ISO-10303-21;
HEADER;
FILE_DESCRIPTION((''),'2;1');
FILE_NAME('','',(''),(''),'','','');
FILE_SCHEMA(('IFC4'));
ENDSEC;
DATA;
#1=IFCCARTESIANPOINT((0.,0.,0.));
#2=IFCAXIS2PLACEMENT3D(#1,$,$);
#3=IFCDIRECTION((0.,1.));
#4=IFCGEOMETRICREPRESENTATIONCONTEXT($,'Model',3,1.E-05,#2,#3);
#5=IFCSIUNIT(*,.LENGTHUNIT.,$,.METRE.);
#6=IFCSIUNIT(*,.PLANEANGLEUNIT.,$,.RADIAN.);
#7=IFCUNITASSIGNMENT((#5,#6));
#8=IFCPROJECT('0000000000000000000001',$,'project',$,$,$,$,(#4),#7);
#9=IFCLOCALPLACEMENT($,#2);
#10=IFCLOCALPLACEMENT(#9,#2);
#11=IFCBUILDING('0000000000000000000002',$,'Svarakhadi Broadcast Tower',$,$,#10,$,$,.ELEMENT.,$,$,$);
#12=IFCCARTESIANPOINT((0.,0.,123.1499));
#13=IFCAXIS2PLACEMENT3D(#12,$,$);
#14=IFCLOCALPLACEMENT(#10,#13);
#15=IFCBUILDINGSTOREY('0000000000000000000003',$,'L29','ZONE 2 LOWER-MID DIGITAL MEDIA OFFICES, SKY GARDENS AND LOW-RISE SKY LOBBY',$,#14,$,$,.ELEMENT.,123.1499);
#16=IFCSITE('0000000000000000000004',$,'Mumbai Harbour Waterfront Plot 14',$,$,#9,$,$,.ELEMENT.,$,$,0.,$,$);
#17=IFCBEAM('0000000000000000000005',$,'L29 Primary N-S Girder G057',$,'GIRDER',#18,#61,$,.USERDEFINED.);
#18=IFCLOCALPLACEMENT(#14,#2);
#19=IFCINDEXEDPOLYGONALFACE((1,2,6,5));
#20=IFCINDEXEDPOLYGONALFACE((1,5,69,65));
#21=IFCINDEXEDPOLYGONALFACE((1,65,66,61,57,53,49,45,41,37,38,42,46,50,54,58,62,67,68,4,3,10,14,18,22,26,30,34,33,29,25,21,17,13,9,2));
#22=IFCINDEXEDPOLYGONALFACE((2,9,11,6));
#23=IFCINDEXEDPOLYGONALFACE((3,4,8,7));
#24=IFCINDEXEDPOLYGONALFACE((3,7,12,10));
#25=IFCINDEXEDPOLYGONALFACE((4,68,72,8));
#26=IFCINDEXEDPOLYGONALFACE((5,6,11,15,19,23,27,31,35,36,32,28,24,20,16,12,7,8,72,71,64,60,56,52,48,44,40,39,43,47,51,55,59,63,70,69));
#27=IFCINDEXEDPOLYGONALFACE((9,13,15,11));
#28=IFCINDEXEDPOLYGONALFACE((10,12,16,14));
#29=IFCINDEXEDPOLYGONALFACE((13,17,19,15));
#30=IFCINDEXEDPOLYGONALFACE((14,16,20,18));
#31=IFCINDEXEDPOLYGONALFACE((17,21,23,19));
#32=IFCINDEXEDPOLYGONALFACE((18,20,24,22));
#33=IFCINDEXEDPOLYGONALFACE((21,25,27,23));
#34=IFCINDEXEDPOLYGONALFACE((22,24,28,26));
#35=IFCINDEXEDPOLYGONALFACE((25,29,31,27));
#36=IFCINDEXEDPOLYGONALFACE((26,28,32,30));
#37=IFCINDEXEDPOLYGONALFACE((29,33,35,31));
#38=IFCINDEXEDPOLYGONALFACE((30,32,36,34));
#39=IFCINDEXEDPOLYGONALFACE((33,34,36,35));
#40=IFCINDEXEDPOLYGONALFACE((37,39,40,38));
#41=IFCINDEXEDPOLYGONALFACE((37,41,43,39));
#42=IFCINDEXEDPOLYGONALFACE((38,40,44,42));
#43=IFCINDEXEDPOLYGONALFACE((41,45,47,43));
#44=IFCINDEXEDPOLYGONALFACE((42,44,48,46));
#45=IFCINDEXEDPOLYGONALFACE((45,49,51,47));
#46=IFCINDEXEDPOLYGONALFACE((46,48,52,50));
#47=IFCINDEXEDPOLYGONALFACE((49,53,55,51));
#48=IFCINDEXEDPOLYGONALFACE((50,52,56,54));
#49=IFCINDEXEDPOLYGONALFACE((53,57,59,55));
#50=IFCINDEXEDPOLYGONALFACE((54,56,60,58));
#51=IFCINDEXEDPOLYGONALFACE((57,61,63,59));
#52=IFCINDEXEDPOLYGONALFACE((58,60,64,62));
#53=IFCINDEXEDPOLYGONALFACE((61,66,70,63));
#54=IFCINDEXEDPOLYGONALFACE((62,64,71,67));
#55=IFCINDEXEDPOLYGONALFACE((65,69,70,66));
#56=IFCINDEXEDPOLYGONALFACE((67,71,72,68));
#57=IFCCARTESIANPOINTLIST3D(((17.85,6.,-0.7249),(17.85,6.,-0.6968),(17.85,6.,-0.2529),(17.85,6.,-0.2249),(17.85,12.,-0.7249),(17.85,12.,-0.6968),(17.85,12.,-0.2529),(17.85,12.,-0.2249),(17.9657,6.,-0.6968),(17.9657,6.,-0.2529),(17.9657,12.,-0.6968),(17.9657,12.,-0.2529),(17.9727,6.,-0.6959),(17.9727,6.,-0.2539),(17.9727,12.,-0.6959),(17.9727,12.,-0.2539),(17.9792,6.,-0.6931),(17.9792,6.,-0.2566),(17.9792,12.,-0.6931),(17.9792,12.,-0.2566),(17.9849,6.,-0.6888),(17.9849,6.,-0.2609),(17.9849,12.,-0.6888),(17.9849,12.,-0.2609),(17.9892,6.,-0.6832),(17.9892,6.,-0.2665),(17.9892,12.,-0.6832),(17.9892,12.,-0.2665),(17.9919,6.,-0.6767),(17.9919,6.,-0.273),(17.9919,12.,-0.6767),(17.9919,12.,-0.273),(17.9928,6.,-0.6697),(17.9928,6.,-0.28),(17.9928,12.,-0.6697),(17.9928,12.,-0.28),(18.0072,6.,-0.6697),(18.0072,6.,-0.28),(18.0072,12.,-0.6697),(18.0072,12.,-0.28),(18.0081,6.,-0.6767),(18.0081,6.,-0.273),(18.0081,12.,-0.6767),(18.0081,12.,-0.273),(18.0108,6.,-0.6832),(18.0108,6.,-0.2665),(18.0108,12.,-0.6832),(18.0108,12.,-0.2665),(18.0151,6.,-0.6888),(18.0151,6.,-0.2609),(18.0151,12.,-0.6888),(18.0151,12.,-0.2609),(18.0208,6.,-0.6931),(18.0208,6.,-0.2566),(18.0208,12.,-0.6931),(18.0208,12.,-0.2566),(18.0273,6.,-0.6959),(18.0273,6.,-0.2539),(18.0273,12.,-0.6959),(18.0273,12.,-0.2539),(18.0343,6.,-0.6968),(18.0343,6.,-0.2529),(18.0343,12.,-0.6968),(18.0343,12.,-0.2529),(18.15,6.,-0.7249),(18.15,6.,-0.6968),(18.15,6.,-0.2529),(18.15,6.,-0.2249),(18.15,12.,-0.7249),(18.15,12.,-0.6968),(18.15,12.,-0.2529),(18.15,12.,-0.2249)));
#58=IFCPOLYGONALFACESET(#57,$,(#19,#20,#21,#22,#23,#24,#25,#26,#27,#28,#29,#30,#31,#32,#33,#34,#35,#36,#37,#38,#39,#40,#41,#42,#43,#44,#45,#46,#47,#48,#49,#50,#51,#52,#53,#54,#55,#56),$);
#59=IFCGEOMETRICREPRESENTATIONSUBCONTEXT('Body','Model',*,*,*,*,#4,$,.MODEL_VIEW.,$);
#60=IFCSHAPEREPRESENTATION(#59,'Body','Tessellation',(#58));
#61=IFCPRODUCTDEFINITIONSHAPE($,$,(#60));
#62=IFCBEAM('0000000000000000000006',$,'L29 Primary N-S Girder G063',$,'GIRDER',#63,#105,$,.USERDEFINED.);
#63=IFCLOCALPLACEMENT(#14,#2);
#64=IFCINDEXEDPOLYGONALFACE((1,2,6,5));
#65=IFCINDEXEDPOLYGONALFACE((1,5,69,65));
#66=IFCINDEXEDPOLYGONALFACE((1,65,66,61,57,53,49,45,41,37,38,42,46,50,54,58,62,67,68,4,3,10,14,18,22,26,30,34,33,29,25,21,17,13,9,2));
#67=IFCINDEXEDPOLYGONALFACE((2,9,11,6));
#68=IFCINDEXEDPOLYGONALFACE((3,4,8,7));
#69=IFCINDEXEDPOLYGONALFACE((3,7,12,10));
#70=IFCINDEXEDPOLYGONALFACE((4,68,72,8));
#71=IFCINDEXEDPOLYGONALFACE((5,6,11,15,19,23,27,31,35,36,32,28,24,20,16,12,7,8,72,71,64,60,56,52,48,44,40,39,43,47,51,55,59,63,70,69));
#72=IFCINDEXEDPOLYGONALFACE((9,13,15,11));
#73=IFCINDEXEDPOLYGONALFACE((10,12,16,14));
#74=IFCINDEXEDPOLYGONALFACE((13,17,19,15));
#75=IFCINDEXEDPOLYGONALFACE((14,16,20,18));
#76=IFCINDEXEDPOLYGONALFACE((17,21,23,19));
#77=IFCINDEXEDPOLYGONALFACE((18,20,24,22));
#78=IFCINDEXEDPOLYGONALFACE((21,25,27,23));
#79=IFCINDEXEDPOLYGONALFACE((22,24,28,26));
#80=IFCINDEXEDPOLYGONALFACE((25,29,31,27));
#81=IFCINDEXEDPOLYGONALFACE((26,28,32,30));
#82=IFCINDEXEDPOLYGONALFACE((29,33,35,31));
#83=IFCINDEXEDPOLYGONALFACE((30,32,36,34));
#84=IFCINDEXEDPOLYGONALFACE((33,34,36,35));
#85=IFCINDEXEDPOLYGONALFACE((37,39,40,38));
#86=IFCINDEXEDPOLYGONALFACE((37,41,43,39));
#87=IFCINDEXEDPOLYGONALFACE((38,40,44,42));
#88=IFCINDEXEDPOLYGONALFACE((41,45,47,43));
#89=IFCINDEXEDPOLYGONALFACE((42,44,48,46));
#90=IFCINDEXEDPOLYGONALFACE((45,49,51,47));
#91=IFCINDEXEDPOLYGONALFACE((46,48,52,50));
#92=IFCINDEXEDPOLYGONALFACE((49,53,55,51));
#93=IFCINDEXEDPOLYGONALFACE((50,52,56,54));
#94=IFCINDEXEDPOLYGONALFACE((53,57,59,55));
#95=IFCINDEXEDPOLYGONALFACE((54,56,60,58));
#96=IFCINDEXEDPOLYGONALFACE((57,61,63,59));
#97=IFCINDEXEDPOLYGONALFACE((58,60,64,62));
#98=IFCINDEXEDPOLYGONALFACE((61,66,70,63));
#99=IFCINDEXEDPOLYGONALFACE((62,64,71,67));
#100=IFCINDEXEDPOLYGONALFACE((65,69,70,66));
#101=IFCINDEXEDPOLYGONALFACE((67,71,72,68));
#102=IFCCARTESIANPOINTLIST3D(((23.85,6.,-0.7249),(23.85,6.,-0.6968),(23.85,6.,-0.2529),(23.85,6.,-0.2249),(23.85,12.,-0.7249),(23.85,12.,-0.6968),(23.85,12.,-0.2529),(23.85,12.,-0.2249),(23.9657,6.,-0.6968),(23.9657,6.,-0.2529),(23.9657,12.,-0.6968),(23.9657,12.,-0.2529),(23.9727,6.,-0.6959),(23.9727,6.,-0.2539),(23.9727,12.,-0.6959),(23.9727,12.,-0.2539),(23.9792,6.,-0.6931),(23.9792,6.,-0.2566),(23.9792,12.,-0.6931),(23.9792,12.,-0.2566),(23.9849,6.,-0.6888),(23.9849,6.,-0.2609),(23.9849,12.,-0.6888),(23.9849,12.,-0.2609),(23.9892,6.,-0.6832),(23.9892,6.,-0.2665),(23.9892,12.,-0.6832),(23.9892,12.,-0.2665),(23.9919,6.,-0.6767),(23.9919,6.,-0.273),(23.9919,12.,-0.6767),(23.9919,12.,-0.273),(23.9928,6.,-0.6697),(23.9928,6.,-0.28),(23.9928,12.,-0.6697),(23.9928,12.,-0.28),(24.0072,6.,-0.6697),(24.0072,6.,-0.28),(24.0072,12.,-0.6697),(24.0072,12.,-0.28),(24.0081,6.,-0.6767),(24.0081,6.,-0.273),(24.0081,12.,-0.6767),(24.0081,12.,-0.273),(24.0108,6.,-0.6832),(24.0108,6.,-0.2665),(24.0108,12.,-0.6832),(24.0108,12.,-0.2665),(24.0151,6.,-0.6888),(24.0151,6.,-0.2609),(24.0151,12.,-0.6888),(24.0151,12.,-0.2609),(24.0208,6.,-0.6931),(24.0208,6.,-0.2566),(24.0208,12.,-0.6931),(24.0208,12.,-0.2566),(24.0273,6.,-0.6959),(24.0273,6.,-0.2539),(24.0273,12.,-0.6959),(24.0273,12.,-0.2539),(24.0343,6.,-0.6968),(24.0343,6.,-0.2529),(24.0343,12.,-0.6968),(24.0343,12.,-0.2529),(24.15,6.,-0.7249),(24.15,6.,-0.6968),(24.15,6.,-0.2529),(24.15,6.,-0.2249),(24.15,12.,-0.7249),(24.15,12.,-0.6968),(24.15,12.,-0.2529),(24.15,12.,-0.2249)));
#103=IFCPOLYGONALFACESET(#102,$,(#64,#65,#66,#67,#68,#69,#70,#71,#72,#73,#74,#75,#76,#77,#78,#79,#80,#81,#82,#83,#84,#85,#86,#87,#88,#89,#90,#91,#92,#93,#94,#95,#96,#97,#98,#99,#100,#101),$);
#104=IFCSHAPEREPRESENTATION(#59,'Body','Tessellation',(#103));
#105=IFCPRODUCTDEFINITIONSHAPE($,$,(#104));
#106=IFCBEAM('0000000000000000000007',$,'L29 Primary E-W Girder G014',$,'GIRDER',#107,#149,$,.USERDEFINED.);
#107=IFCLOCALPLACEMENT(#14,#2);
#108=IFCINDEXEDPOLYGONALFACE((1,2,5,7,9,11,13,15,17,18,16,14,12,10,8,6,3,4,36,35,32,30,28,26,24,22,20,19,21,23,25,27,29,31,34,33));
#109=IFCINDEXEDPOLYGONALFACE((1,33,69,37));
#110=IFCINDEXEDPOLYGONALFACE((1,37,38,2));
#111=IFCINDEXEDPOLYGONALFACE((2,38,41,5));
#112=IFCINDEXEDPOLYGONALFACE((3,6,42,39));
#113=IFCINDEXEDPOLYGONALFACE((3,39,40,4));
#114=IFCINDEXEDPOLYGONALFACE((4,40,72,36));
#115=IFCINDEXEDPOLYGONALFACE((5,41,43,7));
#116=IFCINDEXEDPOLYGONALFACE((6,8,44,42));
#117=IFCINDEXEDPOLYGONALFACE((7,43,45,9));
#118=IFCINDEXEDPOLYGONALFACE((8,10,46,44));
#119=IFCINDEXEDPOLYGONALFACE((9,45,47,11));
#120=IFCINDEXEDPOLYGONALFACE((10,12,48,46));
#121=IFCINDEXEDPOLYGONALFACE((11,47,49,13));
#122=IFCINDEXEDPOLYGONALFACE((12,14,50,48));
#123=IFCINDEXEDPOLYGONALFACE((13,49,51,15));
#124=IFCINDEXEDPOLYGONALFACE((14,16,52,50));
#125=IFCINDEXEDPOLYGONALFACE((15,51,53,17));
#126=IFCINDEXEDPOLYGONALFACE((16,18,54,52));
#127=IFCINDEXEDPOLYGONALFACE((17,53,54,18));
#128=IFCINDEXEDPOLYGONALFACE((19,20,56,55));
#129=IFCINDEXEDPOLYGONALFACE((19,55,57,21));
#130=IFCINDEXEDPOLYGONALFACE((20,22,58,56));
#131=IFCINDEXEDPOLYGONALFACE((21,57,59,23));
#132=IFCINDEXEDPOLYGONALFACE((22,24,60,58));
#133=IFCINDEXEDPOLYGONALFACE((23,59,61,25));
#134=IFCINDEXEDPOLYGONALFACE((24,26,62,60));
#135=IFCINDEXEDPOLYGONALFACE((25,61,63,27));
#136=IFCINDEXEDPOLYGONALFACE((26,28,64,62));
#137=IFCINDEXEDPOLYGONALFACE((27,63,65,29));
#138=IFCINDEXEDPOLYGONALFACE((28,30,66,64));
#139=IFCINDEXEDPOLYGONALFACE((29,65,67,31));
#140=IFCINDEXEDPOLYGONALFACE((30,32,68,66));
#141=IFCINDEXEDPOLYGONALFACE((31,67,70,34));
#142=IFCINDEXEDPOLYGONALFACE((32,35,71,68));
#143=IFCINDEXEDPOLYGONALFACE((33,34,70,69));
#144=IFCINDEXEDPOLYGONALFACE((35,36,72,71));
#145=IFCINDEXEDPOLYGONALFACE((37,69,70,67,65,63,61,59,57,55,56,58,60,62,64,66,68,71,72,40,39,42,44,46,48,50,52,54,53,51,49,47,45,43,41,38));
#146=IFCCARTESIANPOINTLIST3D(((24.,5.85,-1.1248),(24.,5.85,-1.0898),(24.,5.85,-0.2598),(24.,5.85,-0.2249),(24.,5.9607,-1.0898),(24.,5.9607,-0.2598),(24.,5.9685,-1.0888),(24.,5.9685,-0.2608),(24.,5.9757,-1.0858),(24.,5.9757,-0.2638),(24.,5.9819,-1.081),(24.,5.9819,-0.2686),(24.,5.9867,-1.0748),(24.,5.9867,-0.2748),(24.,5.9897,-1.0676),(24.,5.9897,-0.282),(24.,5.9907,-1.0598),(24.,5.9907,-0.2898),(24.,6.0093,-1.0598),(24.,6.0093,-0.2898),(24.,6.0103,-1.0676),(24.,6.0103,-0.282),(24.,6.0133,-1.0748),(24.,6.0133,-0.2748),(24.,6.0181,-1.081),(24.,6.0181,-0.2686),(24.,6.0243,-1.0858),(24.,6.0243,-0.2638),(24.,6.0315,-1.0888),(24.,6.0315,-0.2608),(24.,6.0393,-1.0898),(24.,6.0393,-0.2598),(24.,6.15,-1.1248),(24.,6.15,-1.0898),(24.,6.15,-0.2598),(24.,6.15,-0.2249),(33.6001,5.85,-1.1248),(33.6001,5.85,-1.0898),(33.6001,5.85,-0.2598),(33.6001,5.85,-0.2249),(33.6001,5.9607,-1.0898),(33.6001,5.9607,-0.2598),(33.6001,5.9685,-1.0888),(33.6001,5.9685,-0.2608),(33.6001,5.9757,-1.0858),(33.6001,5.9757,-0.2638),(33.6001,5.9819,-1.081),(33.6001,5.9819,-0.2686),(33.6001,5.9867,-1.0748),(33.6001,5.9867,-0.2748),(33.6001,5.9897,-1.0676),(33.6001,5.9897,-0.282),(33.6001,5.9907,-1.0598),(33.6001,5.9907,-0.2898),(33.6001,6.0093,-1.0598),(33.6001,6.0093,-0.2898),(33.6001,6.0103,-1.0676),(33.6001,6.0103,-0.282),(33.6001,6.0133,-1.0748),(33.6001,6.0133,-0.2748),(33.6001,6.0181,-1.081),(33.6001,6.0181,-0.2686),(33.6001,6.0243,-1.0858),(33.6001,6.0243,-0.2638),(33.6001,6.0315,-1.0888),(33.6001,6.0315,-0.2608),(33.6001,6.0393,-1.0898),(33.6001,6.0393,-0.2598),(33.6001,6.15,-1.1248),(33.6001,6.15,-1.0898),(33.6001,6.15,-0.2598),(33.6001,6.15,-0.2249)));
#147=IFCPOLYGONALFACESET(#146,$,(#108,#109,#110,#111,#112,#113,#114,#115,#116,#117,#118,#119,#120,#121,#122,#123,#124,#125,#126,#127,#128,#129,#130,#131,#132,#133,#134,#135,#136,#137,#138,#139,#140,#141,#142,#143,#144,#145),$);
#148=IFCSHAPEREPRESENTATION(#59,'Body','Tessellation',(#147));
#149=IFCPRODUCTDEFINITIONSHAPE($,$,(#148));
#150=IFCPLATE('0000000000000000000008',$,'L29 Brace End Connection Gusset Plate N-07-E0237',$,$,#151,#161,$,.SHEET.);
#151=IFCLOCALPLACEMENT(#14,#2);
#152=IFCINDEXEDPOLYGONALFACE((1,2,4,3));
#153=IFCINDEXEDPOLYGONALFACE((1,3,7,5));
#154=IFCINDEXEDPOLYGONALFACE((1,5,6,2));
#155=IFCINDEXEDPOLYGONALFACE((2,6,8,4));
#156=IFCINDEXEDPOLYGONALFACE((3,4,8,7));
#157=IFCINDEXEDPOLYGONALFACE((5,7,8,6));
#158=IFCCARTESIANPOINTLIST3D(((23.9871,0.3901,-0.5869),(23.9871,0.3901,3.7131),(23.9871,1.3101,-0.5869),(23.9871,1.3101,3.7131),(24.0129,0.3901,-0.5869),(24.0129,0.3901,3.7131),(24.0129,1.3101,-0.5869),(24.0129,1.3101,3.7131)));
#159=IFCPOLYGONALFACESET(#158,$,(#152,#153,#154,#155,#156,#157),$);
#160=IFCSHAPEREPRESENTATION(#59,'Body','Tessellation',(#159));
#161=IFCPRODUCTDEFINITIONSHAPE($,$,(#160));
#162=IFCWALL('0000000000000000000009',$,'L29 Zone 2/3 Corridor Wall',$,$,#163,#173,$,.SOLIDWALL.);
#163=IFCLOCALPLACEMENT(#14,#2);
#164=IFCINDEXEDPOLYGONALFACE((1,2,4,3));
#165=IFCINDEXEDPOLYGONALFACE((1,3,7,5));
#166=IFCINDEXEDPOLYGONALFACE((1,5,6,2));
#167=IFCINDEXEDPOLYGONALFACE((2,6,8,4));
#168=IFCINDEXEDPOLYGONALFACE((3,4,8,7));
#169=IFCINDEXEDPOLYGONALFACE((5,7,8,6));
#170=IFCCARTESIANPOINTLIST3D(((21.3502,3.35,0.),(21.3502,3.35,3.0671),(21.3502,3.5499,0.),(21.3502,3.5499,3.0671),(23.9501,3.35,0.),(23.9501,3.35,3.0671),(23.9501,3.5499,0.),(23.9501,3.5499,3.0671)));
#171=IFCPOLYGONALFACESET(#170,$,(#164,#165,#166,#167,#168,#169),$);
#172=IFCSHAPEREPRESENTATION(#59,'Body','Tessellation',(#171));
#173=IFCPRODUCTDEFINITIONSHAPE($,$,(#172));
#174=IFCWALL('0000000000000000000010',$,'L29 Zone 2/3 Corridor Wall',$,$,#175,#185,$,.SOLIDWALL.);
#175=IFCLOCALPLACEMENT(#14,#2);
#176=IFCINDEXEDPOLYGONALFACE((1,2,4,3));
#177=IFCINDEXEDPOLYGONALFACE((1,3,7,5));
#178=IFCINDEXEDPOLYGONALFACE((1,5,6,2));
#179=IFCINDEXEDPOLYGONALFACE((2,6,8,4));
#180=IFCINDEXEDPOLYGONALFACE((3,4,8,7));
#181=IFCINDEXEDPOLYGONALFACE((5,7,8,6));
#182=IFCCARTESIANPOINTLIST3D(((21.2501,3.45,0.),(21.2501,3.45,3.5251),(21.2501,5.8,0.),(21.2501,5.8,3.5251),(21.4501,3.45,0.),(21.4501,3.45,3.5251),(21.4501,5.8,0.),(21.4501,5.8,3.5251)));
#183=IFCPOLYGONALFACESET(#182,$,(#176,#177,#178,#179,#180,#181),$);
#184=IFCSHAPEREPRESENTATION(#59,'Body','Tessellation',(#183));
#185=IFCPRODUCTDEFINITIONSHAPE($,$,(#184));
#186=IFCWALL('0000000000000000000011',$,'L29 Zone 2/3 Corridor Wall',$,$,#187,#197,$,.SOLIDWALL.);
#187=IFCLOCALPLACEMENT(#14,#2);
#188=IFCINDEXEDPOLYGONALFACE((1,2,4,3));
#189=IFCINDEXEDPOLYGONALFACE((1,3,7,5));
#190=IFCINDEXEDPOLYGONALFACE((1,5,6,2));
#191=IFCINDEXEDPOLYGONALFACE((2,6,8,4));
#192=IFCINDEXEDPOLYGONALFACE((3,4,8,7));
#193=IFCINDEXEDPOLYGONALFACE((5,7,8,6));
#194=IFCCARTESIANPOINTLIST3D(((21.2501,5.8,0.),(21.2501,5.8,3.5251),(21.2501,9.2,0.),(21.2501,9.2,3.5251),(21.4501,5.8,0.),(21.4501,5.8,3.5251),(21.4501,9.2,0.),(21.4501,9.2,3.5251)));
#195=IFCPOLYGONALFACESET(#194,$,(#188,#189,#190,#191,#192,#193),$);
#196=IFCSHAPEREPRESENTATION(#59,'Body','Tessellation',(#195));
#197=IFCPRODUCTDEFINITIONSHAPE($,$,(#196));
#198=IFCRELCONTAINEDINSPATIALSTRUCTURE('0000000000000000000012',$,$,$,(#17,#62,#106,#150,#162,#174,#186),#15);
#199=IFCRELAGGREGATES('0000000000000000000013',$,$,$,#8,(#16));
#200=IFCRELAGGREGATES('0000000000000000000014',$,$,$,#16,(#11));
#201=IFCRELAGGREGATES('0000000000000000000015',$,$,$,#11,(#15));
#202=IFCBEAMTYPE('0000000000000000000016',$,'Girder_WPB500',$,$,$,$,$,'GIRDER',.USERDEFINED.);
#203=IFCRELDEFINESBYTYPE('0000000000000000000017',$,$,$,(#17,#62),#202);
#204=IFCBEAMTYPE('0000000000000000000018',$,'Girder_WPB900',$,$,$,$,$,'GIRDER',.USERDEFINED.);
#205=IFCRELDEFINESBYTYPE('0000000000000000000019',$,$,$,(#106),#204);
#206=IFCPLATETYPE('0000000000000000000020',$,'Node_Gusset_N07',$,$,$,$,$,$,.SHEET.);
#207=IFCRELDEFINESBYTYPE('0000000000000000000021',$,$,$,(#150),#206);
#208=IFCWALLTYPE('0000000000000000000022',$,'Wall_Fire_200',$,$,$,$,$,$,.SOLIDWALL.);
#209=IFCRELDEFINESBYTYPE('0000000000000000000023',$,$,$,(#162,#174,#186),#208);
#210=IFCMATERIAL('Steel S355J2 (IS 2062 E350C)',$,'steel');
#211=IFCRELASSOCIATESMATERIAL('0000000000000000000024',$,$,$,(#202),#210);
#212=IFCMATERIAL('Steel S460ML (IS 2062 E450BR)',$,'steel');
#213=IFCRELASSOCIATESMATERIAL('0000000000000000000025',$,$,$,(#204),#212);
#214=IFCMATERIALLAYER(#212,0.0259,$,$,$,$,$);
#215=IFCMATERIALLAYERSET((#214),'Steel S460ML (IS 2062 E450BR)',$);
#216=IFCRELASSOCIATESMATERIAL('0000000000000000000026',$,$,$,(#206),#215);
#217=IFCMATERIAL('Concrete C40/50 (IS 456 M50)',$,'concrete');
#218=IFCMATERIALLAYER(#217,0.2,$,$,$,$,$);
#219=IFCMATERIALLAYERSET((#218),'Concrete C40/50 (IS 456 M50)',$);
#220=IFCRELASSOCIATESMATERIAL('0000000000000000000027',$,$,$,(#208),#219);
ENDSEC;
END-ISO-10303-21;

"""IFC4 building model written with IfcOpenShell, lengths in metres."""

from ifc_helpers import new_model, si_unit, direction, frame, frame_2d, origin, origin_2d, place, context, subcontext, project, spatial, rectangle, i_section, extrude, material, layer, layer_set, material_profile, profile_set, type_object, element, save


model = new_model("IFC4")

# Units and contexts
model_context = context("Model", 3, precision=1e-05, world=origin(), true_north=direction((0.0, 1.0)))
body_context = subcontext(model_context, "Body", "Model", "MODEL_VIEW")
ifc_project = project(units=[si_unit("LENGTHUNIT", "METRE"), si_unit("PLANEANGLEUNIT", "RADIAN")], contexts=[model_context])

# Site, building, storey
site_placement = place(None, origin())
site = spatial("IfcSite", under=ifc_project, at=site_placement, Name="Mumbai Harbour Waterfront Plot 14", CompositionType="ELEMENT", RefElevation=0.0)
building_placement = place(site_placement, origin())
building = spatial("IfcBuilding", under=site, at=building_placement, Name="Svarakhadi Broadcast Tower", CompositionType="ELEMENT")
storey_placement = place(building_placement, frame((0.0, 0.0, 123.1499)))
storey = spatial("IfcBuildingStorey", under=building, at=storey_placement, Name="L29", Description="ZONE 2 LOWER-MID DIGITAL MEDIA OFFICES, SKY GARDENS AND LOW-RISE SKY LOBBY", CompositionType="ELEMENT", Elevation=123.1499)

# Beams
ifc_material_1 = material(Name="Steel S355J2 (IS 2062 E350C)", Category="steel")
ifc_material_profile_1 = material_profile(ifc_material_1, i_section(OverallWidth=0.3, OverallDepth=0.5, WebThickness=0.0144, FlangeThickness=0.0281, FilletRadius=0.0271, at=origin_2d()), Name="WPB 500x300x187")
ifc_profile_set_1 = profile_set([ifc_material_profile_1], Name="Steel S355J2 (IS 2062 E350C)")
beam_type_1 = type_object("IfcBeamType", Name="Girder_WPB500", ElementType="GIRDER", PredefinedType="USERDEFINED", material=ifc_profile_set_1)
for number, where, z_axis, x_axis, name in (
    (1, (18.0, 6.0, -0.4749), (0.0, 1.0, 0.0), (-1.0, 0.0, 0.0), "L29 Primary N-S Girder G057"),
    (2, (24.0, 6.0, -0.4749), (0.0, 1.0, 0.0), (-1.0, 0.0, 0.0), "L29 Primary N-S Girder G063"),
):
    element("IfcBeam", number, at=place(storey_placement, frame(where, z_axis=z_axis, x_axis=x_axis)), inside=storey, type_object=beam_type_1, Name=name, ObjectType="GIRDER", PredefinedType="USERDEFINED", context=body_context, shape_type="SweptSolid", body=[
        extrude(i_section(OverallWidth=0.3, OverallDepth=0.5, WebThickness=0.0144, FlangeThickness=0.0281, FilletRadius=0.0271, at=origin_2d()), origin(), (0.0, 0.0, 1.0), 6.0),
    ])
ifc_material_2 = material(Name="Steel S460ML (IS 2062 E450BR)", Category="steel")
ifc_material_profile_2 = material_profile(ifc_material_2, i_section(OverallWidth=0.3, OverallDepth=0.8999, WebThickness=0.0186, FlangeThickness=0.0349, FilletRadius=0.03, at=origin_2d()), Name="WPB 900x300x291")
ifc_profile_set_2 = profile_set([ifc_material_profile_2], Name="Steel S460ML (IS 2062 E450BR)")
beam_type_2 = type_object("IfcBeamType", Name="Girder_WPB900", ElementType="GIRDER", PredefinedType="USERDEFINED", material=ifc_profile_set_2)
beam_placement = place(storey_placement, frame((24.0, 6.0, -0.6748), z_axis=(1.0, 0.0, 0.0), x_axis=(0.0, 1.0, 0.0)))
element("IfcBeam", 3, at=beam_placement, inside=storey, type_object=beam_type_2, Name="L29 Primary E-W Girder G014", ObjectType="GIRDER", PredefinedType="USERDEFINED", context=body_context, shape_type="SweptSolid", body=[
    extrude(i_section(OverallWidth=0.3, OverallDepth=0.8999, WebThickness=0.0186, FlangeThickness=0.0349, FilletRadius=0.03, at=origin_2d()), origin(), (0.0, 0.0, 1.0), 9.6001),
])

# Plate
ifc_layer_1 = layer(ifc_material_2, 0.0259)
ifc_layer_set_1 = layer_set([ifc_layer_1], Name="Steel S460ML (IS 2062 E450BR)")
plate_type = type_object("IfcPlateType", Name="Node_Gusset_N07", PredefinedType="SHEET", material=ifc_layer_set_1)
plate_placement = place(storey_placement, frame((24.0, 0.8501, -0.5869), z_axis=(0.0, 0.0, 1.0), x_axis=(0.0, 1.0, 0.0)))
element("IfcPlate", 4, at=plate_placement, inside=storey, type_object=plate_type, Name="L29 Brace End Connection Gusset Plate N-07-E0237", PredefinedType="SHEET", context=body_context, shape_type="SweptSolid", body=[
    extrude(rectangle(XDim=0.9199, YDim=0.0259, at=origin_2d()), origin(), (0.0, 0.0, 1.0), 4.3),
])

# Walls
ifc_material_3 = material(Name="Concrete C40/50 (IS 456 M50)", Category="concrete")
ifc_layer_2 = layer(ifc_material_3, 0.2)
ifc_layer_set_2 = layer_set([ifc_layer_2], Name="Concrete C40/50 (IS 456 M50)")
wall_type_1 = type_object("IfcWallType", Name="Wall_Fire_200", PredefinedType="SOLIDWALL", material=ifc_layer_set_2)
wall_1_placement = place(storey_placement, frame((23.95, 3.45, 0.0), z_axis=(0.0, 0.0, 1.0), x_axis=(-1.0, 0.0, 0.0)))
element("IfcWall", 5, at=wall_1_placement, inside=storey, type_object=wall_type_1, Name="L29 Zone 2/3 Corridor Wall", PredefinedType="SOLIDWALL", context=body_context, shape_type="SweptSolid", body=[
    extrude(rectangle(XDim=2.5999, YDim=0.2, at=frame_2d((1.2998, 0.0))), origin(), (0.0, 0.0, 1.0), 3.0671),
])
wall_2_placement = place(storey_placement, frame((21.3501, 3.45, 0.0), z_axis=(0.0, 0.0, 1.0), x_axis=(0.0, 1.0, 0.0)))
element("IfcWall", 6, at=wall_2_placement, inside=storey, type_object=wall_type_1, Name="L29 Zone 2/3 Corridor Wall", PredefinedType="SOLIDWALL", context=body_context, shape_type="SweptSolid", body=[
    extrude(rectangle(XDim=2.3501, YDim=0.2, at=frame_2d((1.175, 0.0))), origin(), (0.0, 0.0, 1.0), 3.5251),
])
wall_3_placement = place(storey_placement, frame((21.3501, 5.8, 0.0), z_axis=(0.0, 0.0, 1.0), x_axis=(0.0, 1.0, 0.0)))
element("IfcWall", 7, at=wall_3_placement, inside=storey, type_object=wall_type_1, Name="L29 Zone 2/3 Corridor Wall", PredefinedType="SOLIDWALL", context=body_context, shape_type="SweptSolid", body=[
    extrude(rectangle(XDim=3.3999, YDim=0.2, at=frame_2d((1.7, 0.0))), origin(), (0.0, 0.0, 1.0), 3.5251),
])

save(model, "model.ifc")
